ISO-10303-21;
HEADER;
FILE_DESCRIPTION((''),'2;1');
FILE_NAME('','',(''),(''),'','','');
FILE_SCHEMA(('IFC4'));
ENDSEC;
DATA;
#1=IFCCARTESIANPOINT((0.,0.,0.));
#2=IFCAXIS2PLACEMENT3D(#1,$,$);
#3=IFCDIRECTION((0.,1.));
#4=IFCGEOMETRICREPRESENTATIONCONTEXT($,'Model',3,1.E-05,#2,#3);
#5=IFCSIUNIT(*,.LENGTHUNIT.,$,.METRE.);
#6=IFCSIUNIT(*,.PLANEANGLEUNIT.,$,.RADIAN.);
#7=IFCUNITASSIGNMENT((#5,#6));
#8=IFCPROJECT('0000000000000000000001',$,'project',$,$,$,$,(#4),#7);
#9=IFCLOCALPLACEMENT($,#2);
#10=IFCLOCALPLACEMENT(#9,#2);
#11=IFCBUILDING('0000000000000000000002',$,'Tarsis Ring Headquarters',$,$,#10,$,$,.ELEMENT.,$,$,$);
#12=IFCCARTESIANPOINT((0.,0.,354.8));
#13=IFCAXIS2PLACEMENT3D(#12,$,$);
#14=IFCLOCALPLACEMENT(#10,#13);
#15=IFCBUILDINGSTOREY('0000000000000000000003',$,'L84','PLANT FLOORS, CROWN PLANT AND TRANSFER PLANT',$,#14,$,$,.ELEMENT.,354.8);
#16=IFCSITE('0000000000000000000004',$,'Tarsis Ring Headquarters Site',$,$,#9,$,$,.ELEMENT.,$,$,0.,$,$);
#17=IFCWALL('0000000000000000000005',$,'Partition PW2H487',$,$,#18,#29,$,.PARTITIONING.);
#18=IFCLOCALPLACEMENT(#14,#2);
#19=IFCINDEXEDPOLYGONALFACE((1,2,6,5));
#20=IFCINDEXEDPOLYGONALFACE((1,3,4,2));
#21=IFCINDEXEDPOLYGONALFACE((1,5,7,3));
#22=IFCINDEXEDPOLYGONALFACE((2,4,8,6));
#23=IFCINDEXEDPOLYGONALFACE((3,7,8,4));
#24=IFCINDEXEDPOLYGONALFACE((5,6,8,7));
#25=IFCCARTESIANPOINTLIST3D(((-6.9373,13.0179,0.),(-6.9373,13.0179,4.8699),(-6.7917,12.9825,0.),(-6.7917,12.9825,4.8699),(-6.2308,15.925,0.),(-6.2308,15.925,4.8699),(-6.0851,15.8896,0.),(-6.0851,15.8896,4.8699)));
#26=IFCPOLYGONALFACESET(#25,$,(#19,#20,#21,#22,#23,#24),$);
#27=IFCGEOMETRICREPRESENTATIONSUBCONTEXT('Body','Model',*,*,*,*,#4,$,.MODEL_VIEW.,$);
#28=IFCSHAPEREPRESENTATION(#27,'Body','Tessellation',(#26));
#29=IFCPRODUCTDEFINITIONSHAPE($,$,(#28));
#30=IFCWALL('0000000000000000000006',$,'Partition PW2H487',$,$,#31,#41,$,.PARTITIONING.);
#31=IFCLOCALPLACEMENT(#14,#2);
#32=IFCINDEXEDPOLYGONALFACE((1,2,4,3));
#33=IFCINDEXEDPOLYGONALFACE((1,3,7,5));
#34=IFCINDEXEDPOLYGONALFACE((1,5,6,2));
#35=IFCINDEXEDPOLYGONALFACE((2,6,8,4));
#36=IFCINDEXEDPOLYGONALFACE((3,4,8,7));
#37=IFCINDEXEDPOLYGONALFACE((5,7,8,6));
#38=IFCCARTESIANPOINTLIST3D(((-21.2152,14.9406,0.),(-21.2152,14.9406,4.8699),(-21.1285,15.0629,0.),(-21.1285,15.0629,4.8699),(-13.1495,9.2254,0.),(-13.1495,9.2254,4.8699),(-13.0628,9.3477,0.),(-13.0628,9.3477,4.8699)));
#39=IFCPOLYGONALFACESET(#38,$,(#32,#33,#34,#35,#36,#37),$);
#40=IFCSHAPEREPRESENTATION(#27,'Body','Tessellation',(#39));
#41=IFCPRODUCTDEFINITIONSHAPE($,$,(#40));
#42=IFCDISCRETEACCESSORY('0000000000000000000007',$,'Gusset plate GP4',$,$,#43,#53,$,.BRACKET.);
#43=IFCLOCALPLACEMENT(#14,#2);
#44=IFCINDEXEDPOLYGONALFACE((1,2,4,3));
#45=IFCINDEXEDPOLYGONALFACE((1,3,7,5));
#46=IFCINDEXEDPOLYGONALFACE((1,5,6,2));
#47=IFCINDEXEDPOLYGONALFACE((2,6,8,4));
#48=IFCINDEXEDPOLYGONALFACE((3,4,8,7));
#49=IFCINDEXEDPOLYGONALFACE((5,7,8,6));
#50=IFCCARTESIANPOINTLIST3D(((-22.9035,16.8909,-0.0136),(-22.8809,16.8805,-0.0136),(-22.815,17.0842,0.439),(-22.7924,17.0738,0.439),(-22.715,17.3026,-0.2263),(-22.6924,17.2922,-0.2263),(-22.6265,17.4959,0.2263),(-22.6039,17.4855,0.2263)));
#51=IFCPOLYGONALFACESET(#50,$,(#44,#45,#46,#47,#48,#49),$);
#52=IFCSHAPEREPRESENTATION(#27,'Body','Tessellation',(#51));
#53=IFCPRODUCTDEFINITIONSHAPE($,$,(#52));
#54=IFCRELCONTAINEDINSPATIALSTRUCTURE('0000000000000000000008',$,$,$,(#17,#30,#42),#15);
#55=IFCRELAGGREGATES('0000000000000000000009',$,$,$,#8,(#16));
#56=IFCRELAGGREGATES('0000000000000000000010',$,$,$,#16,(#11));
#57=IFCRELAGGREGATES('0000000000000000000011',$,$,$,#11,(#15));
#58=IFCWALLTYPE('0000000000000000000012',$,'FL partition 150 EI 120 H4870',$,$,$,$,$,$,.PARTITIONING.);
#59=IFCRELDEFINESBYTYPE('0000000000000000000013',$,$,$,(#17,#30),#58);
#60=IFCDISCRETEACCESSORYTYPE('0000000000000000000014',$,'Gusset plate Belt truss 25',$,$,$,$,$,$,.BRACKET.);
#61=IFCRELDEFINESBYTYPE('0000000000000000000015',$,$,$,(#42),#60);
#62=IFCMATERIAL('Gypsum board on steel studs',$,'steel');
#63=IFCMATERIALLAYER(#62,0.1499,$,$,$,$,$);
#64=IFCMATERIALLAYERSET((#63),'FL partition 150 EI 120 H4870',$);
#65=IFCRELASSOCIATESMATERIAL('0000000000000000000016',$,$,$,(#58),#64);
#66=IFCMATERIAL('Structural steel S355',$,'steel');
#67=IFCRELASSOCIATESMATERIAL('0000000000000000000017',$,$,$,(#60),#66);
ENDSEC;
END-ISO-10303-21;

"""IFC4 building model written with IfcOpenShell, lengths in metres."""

from ifc_helpers import new_model, si_unit, direction, frame, frame_2d, origin, origin_2d, place, context, subcontext, project, spatial, rectangle, extrude, material, layer, layer_set, material_profile, profile_set, type_object, element, save


model = new_model("IFC4")

# Units and contexts
model_context = context("Model", 3, precision=1e-05, world=origin(), true_north=direction((0.0, 1.0)))
body_context = subcontext(model_context, "Body", "Model", "MODEL_VIEW")
ifc_project = project(units=[si_unit("LENGTHUNIT", "METRE"), si_unit("PLANEANGLEUNIT", "RADIAN")], contexts=[model_context])

# Site, building, storey
site_placement = place(None, origin())
site = spatial("IfcSite", under=ifc_project, at=site_placement, Name="Tarsis Ring Headquarters Site", CompositionType="ELEMENT", RefElevation=0.0)
building_placement = place(site_placement, origin())
building = spatial("IfcBuilding", under=site, at=building_placement, Name="Tarsis Ring Headquarters", CompositionType="ELEMENT")
storey_placement = place(building_placement, frame((0.0, 0.0, 354.8)))
storey = spatial("IfcBuildingStorey", under=building, at=storey_placement, Name="L84", Description="PLANT FLOORS, CROWN PLANT AND TRANSFER PLANT", CompositionType="ELEMENT", Elevation=354.8)

# Shared definitions
ifc_material_1 = material(Name="Structural steel S355", Category="steel")

# Shared definitions
ifc_material_2 = material(Name="Gypsum board on steel studs", Category="steel")
ifc_layer = layer(ifc_material_2, 0.1499)
ifc_layer_set = layer_set([ifc_layer], Name="FL partition 150 EI 120 H4870")
wall_type = type_object("IfcWallType", Name="FL partition 150 EI 120 H4870", PredefinedType="PARTITIONING", material=ifc_layer_set)

# Walls
wall_1_placement = place(storey_placement, frame((-6.8645, 13.0002, 0.0), z_axis=(0.0, 0.0, 1.0), x_axis=(0.236175, 0.971711, 0.0)))
element("IfcWall", 1, at=wall_1_placement, inside=storey, type_object=wall_type, Name="Partition PW2H487", PredefinedType="PARTITIONING", context=body_context, shape_type="SweptSolid", body=[
    extrude(rectangle(XDim=2.9917, YDim=0.1499, at=frame_2d((1.4958, 0.0))), origin(), (0.0, 0.0, 1.0), 4.8699),
])
wall_2_placement = place(storey_placement, frame((-21.1719, 15.0017, 0.0), z_axis=(0.0, 0.0, 1.0), x_axis=(0.815934, -0.578145, 0.0)))
element("IfcWall", 2, at=wall_2_placement, inside=storey, type_object=wall_type, Name="Partition PW2H487", PredefinedType="PARTITIONING", context=body_context, shape_type="SweptSolid", body=[
    extrude(rectangle(XDim=9.8853, YDim=0.1499, at=frame_2d((4.9426, 0.0))), origin(), (0.0, 0.0, 1.0), 4.8699),
])

# Discrete accessory
ifc_material_profile_1 = material_profile(ifc_material_1, rectangle(XDim=0.0249, YDim=0.5, at=origin_2d()), Name="PL 25x500")
ifc_profile_set_1 = profile_set([ifc_material_profile_1], Name="Structural steel S355")
discrete_accessory_type = type_object("IfcDiscreteAccessoryType", Name="Gusset plate Belt truss 25", PredefinedType="BRACKET", material=ifc_profile_set_1)
discrete_accessory_placement = place(storey_placement, frame((-22.6594, 17.394, 0.0), z_axis=(-0.376822, -0.822956, 0.425145), x_axis=(0.909218, -0.41632, 0.0)))
element("IfcDiscreteAccessory", 3, at=discrete_accessory_placement, inside=storey, type_object=discrete_accessory_type, Name="Gusset plate GP4", PredefinedType="BRACKET", context=body_context, shape_type="SweptSolid", body=[
    extrude(rectangle(XDim=0.0249, YDim=0.5, at=origin_2d()), origin(), (0.0, 0.0, 1.0), 0.5002),
])

save(model, "model.ifc")
